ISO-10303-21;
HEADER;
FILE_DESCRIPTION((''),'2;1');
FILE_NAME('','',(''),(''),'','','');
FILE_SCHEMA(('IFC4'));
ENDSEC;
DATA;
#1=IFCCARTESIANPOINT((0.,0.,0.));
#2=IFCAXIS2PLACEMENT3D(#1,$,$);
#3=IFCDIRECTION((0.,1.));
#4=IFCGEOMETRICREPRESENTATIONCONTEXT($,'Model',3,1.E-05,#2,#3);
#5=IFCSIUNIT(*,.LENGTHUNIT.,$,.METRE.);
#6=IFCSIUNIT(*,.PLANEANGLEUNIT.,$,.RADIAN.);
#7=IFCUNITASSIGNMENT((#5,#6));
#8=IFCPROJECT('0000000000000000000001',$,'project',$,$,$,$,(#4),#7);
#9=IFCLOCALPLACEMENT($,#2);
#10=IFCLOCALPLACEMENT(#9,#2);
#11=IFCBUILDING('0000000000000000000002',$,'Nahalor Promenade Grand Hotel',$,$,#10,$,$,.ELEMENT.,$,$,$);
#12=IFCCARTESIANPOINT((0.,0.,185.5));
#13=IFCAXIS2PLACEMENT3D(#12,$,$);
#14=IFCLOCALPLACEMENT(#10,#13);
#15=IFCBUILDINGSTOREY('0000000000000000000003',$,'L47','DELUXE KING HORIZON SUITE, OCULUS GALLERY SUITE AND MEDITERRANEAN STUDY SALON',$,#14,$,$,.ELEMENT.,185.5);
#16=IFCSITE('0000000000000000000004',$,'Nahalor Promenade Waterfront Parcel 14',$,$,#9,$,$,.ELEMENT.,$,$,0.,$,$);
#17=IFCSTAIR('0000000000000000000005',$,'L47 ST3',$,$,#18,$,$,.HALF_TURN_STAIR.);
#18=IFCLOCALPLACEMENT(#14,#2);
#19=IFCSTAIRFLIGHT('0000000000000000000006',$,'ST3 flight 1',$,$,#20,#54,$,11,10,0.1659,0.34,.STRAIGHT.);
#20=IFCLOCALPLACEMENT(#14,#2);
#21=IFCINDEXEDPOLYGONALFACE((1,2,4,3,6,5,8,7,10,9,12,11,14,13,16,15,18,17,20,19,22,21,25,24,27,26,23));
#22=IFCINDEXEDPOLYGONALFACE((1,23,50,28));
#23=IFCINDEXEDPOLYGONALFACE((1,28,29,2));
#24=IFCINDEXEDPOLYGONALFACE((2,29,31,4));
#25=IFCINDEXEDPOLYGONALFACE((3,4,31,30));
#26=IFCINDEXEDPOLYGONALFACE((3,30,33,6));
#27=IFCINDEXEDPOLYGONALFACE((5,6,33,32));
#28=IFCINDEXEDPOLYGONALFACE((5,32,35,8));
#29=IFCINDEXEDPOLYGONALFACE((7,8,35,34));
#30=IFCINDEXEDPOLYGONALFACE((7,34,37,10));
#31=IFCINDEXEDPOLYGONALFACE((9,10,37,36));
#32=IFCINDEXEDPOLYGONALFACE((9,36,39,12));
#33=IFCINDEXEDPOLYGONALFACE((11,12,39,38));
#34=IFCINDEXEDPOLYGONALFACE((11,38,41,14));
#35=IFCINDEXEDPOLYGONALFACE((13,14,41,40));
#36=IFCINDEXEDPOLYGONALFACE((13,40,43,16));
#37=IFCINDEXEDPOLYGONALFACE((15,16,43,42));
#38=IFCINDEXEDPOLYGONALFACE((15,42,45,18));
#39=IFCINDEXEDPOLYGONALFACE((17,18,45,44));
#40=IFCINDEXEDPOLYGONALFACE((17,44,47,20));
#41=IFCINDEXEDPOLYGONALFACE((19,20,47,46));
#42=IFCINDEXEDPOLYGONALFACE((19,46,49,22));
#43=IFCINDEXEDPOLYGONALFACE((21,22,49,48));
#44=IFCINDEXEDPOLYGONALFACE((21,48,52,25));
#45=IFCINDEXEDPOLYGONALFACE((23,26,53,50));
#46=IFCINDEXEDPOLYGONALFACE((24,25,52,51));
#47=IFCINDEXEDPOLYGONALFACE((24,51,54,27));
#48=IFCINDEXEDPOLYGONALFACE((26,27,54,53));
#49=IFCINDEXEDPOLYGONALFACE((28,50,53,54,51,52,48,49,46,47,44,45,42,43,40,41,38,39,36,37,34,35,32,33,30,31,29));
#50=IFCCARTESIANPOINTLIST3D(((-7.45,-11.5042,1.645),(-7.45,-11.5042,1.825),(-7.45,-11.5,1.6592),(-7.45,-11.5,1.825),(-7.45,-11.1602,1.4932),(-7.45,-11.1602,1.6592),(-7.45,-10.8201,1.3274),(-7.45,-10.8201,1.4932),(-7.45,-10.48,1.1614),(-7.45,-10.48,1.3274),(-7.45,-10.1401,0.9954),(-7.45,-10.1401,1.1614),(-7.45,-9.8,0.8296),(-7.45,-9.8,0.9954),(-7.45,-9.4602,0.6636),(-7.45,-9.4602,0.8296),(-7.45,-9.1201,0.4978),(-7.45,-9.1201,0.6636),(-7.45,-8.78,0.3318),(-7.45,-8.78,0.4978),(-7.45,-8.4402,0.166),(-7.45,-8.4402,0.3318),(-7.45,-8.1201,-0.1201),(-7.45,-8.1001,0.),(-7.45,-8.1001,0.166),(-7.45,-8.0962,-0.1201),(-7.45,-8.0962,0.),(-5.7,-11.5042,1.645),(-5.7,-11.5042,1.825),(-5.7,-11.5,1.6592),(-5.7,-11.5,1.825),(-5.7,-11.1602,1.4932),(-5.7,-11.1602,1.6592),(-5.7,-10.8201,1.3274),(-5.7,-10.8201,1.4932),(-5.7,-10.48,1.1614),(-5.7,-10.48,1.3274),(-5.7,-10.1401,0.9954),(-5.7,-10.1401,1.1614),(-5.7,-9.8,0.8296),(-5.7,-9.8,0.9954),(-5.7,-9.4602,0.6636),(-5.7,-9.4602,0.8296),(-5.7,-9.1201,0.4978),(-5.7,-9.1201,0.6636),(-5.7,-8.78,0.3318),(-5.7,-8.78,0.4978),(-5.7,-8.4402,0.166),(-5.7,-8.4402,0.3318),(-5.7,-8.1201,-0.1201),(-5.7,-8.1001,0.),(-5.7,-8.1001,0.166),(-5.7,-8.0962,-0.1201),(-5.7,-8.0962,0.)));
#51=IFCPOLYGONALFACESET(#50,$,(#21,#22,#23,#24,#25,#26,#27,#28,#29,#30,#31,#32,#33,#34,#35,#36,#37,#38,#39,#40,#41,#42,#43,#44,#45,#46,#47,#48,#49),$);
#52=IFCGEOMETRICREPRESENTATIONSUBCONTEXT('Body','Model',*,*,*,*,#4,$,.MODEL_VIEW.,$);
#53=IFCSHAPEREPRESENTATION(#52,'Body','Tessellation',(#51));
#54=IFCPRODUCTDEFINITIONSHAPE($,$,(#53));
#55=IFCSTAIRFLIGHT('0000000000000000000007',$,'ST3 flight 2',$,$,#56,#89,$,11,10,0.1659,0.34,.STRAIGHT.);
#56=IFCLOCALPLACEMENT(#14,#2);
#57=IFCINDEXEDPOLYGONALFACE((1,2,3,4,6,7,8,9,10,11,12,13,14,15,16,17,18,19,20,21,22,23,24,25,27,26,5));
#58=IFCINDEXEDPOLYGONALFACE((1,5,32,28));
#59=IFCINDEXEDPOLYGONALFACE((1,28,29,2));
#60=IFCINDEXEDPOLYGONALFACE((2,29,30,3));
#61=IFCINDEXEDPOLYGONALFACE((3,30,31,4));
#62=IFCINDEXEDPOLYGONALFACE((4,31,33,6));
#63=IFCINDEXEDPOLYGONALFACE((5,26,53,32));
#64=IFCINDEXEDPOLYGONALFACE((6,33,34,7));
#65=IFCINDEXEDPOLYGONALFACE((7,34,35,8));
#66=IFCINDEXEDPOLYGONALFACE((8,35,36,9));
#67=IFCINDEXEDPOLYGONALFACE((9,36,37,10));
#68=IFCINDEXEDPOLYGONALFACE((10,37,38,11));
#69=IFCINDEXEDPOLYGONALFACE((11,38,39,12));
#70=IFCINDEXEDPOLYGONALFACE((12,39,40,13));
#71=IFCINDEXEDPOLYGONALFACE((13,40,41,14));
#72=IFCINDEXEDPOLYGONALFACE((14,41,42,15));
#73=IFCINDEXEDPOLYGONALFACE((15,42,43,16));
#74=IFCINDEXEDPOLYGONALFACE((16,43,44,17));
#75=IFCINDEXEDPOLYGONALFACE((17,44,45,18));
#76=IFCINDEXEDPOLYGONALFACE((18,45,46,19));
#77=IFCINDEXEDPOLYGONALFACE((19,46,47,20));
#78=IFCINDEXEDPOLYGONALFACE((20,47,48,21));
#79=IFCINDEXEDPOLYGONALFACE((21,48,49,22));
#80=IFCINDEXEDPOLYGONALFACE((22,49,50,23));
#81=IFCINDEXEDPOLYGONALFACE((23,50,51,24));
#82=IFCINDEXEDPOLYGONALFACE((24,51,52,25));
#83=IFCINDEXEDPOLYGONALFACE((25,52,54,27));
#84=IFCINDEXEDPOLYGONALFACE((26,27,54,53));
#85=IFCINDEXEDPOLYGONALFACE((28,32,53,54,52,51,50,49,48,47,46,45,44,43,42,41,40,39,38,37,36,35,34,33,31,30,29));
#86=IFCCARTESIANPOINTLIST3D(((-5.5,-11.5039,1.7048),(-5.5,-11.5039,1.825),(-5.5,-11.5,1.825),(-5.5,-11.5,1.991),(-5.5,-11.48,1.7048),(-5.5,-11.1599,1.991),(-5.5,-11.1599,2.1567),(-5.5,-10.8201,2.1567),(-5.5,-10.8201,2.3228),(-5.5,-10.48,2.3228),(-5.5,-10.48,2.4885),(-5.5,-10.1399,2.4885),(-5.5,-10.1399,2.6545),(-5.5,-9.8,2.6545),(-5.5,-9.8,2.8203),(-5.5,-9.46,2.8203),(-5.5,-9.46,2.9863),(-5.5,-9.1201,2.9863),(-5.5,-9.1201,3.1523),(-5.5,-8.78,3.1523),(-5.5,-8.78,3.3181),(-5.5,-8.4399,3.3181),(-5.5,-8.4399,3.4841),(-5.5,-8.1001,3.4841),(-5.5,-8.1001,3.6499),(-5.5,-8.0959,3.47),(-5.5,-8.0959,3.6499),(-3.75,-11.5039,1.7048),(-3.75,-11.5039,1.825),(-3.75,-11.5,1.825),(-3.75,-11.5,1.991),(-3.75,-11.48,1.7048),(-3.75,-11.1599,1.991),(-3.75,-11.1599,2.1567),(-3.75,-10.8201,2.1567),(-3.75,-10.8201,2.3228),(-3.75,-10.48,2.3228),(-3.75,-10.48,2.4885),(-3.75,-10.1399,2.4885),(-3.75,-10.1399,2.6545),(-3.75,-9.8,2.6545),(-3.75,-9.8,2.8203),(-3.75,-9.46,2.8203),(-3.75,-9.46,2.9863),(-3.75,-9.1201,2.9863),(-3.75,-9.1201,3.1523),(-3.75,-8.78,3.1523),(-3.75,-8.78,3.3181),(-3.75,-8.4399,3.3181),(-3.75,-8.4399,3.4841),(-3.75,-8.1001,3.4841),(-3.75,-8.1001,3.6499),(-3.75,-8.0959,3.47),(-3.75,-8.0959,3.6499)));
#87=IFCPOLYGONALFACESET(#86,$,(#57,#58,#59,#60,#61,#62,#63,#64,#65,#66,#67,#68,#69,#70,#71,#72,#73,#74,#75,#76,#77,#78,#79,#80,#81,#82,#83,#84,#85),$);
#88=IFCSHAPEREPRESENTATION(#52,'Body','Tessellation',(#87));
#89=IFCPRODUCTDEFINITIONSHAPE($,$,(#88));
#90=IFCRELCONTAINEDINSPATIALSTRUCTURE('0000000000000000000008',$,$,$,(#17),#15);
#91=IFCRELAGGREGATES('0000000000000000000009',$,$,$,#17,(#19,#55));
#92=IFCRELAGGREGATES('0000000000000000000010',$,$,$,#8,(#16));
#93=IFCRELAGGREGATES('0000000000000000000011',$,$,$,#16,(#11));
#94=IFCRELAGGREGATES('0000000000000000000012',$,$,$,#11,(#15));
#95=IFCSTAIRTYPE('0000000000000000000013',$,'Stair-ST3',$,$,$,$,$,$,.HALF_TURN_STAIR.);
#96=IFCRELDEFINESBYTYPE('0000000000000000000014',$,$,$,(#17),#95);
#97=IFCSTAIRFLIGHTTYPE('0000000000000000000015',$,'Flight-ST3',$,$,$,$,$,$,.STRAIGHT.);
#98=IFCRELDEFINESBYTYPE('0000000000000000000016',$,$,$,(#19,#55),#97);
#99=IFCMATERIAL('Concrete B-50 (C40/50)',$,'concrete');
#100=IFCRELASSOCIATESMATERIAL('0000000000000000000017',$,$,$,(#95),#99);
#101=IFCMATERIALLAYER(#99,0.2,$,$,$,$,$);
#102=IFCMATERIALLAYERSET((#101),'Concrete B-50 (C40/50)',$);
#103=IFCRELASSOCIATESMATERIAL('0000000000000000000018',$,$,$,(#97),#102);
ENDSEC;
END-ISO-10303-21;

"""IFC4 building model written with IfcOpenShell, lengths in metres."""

from ifc_helpers import new_model, si_unit, direction, frame, origin, place, context, subcontext, project, spatial, polyline, outline, extrude, source, transform, mapped, material, layer, layer_set, type_object, element, aggregate, save


model = new_model("IFC4")

# Units and contexts
model_context = context("Model", 3, precision=1e-05, world=origin(), true_north=direction((0.0, 1.0)))
body_context = subcontext(model_context, "Body", "Model", "MODEL_VIEW")
ifc_project = project(units=[si_unit("LENGTHUNIT", "METRE"), si_unit("PLANEANGLEUNIT", "RADIAN")], contexts=[model_context])

# Site, building, storey
site_placement = place(None, origin())
site = spatial("IfcSite", under=ifc_project, at=site_placement, Name="Nahalor Promenade Waterfront Parcel 14", CompositionType="ELEMENT", RefElevation=0.0)
building_placement = place(site_placement, origin())
building = spatial("IfcBuilding", under=site, at=building_placement, Name="Nahalor Promenade Grand Hotel", CompositionType="ELEMENT")
storey_placement = place(building_placement, frame((0.0, 0.0, 185.5)))
storey = spatial("IfcBuildingStorey", under=building, at=storey_placement, Name="L47", Description="DELUXE KING HORIZON SUITE, OCULUS GALLERY SUITE AND MEDITERRANEAN STUDY SALON", CompositionType="ELEMENT", Elevation=185.5)

# Shared definitions
ifc_material_1 = material(Name="Concrete B-50 (C40/50)", Category="concrete")

# Stair, stair flights
stair_type = type_object("IfcStairType", Name="Stair-ST3", PredefinedType="HALF_TURN_STAIR", material=ifc_material_1)
stair_placement = place(storey_placement, origin())
stair = element("IfcStair", 1, at=stair_placement, inside=storey, type_object=stair_type, Name="L47 ST3", PredefinedType="HALF_TURN_STAIR")
ifc_layer_1 = layer(ifc_material_1, 0.2)
ifc_layer_set_1 = layer_set([ifc_layer_1], Name="Concrete B-50 (C40/50)")
stair_flight_type = type_object("IfcStairFlightType", Name="Flight-ST3", PredefinedType="STRAIGHT", material=ifc_layer_set_1)
shared_shape_1 = source(origin(), body_context, "Body", "SweptSolid", [
    extrude(outline(polyline([(-0.0039, -0.1201), (-0.0039, 0.0), (0.0, 0.0), (0.0, 0.166), (0.3401, 0.166), (0.3401, 0.3318), (0.6799, 0.3318), (0.6799, 0.4978), (1.02, 0.4978), (1.02, 0.6636), (1.3601, 0.6636), (1.3601, 0.8296), (1.7, 0.8296), (1.7, 0.9954), (2.04, 0.9954), (2.04, 1.1614), (2.3799, 1.1614), (2.3799, 1.3274), (2.72, 1.3274), (2.72, 1.4932), (3.0601, 1.4932), (3.0601, 1.6592), (3.3999, 1.6592), (3.3999, 1.825), (3.4041, 1.825), (3.4041, 1.645), (0.02, -0.1201), (-0.0039, -0.1201)])), frame((0.0, 0.875, 0.0), z_axis=(0.0, -1.0, 0.0), x_axis=(1.0, 0.0, 0.0)), (0.0, 0.0, 1.0), 1.75),
])
stair_flight_1_placement = place(storey_placement, frame((-6.575, -8.1001, 0.0), z_axis=(0.0, 0.0, 1.0), x_axis=(0.0, -1.0, 0.0)))
stair_flight_1 = element("IfcStairFlight", 2, at=stair_flight_1_placement, type_object=stair_flight_type, Name="ST3 flight 1", NumberOfRisers=11, NumberOfTreads=10, PredefinedType="STRAIGHT", RiserHeight=0.1659, TreadLength=0.34, context=body_context, shape_type="MappedRepresentation", body=[
    mapped(shared_shape_1, transform((0.0, 0.0, 0.0), scale=1.0)),
])
stair_flight_2_placement = place(storey_placement, frame((-4.625, -11.5, 1.825), z_axis=(0.0, 0.0, 1.0), x_axis=(0.0, 1.0, 0.0)))
stair_flight_2 = element("IfcStairFlight", 3, at=stair_flight_2_placement, type_object=stair_flight_type, Name="ST3 flight 2", NumberOfRisers=11, NumberOfTreads=10, PredefinedType="STRAIGHT", RiserHeight=0.1659, TreadLength=0.34, context=body_context, shape_type="MappedRepresentation", body=[
    mapped(shared_shape_1, transform((0.0, 0.0, 0.0), scale=1.0)),
])
aggregate(stair, [stair_flight_1, stair_flight_2])

save(model, "model.ifc")
